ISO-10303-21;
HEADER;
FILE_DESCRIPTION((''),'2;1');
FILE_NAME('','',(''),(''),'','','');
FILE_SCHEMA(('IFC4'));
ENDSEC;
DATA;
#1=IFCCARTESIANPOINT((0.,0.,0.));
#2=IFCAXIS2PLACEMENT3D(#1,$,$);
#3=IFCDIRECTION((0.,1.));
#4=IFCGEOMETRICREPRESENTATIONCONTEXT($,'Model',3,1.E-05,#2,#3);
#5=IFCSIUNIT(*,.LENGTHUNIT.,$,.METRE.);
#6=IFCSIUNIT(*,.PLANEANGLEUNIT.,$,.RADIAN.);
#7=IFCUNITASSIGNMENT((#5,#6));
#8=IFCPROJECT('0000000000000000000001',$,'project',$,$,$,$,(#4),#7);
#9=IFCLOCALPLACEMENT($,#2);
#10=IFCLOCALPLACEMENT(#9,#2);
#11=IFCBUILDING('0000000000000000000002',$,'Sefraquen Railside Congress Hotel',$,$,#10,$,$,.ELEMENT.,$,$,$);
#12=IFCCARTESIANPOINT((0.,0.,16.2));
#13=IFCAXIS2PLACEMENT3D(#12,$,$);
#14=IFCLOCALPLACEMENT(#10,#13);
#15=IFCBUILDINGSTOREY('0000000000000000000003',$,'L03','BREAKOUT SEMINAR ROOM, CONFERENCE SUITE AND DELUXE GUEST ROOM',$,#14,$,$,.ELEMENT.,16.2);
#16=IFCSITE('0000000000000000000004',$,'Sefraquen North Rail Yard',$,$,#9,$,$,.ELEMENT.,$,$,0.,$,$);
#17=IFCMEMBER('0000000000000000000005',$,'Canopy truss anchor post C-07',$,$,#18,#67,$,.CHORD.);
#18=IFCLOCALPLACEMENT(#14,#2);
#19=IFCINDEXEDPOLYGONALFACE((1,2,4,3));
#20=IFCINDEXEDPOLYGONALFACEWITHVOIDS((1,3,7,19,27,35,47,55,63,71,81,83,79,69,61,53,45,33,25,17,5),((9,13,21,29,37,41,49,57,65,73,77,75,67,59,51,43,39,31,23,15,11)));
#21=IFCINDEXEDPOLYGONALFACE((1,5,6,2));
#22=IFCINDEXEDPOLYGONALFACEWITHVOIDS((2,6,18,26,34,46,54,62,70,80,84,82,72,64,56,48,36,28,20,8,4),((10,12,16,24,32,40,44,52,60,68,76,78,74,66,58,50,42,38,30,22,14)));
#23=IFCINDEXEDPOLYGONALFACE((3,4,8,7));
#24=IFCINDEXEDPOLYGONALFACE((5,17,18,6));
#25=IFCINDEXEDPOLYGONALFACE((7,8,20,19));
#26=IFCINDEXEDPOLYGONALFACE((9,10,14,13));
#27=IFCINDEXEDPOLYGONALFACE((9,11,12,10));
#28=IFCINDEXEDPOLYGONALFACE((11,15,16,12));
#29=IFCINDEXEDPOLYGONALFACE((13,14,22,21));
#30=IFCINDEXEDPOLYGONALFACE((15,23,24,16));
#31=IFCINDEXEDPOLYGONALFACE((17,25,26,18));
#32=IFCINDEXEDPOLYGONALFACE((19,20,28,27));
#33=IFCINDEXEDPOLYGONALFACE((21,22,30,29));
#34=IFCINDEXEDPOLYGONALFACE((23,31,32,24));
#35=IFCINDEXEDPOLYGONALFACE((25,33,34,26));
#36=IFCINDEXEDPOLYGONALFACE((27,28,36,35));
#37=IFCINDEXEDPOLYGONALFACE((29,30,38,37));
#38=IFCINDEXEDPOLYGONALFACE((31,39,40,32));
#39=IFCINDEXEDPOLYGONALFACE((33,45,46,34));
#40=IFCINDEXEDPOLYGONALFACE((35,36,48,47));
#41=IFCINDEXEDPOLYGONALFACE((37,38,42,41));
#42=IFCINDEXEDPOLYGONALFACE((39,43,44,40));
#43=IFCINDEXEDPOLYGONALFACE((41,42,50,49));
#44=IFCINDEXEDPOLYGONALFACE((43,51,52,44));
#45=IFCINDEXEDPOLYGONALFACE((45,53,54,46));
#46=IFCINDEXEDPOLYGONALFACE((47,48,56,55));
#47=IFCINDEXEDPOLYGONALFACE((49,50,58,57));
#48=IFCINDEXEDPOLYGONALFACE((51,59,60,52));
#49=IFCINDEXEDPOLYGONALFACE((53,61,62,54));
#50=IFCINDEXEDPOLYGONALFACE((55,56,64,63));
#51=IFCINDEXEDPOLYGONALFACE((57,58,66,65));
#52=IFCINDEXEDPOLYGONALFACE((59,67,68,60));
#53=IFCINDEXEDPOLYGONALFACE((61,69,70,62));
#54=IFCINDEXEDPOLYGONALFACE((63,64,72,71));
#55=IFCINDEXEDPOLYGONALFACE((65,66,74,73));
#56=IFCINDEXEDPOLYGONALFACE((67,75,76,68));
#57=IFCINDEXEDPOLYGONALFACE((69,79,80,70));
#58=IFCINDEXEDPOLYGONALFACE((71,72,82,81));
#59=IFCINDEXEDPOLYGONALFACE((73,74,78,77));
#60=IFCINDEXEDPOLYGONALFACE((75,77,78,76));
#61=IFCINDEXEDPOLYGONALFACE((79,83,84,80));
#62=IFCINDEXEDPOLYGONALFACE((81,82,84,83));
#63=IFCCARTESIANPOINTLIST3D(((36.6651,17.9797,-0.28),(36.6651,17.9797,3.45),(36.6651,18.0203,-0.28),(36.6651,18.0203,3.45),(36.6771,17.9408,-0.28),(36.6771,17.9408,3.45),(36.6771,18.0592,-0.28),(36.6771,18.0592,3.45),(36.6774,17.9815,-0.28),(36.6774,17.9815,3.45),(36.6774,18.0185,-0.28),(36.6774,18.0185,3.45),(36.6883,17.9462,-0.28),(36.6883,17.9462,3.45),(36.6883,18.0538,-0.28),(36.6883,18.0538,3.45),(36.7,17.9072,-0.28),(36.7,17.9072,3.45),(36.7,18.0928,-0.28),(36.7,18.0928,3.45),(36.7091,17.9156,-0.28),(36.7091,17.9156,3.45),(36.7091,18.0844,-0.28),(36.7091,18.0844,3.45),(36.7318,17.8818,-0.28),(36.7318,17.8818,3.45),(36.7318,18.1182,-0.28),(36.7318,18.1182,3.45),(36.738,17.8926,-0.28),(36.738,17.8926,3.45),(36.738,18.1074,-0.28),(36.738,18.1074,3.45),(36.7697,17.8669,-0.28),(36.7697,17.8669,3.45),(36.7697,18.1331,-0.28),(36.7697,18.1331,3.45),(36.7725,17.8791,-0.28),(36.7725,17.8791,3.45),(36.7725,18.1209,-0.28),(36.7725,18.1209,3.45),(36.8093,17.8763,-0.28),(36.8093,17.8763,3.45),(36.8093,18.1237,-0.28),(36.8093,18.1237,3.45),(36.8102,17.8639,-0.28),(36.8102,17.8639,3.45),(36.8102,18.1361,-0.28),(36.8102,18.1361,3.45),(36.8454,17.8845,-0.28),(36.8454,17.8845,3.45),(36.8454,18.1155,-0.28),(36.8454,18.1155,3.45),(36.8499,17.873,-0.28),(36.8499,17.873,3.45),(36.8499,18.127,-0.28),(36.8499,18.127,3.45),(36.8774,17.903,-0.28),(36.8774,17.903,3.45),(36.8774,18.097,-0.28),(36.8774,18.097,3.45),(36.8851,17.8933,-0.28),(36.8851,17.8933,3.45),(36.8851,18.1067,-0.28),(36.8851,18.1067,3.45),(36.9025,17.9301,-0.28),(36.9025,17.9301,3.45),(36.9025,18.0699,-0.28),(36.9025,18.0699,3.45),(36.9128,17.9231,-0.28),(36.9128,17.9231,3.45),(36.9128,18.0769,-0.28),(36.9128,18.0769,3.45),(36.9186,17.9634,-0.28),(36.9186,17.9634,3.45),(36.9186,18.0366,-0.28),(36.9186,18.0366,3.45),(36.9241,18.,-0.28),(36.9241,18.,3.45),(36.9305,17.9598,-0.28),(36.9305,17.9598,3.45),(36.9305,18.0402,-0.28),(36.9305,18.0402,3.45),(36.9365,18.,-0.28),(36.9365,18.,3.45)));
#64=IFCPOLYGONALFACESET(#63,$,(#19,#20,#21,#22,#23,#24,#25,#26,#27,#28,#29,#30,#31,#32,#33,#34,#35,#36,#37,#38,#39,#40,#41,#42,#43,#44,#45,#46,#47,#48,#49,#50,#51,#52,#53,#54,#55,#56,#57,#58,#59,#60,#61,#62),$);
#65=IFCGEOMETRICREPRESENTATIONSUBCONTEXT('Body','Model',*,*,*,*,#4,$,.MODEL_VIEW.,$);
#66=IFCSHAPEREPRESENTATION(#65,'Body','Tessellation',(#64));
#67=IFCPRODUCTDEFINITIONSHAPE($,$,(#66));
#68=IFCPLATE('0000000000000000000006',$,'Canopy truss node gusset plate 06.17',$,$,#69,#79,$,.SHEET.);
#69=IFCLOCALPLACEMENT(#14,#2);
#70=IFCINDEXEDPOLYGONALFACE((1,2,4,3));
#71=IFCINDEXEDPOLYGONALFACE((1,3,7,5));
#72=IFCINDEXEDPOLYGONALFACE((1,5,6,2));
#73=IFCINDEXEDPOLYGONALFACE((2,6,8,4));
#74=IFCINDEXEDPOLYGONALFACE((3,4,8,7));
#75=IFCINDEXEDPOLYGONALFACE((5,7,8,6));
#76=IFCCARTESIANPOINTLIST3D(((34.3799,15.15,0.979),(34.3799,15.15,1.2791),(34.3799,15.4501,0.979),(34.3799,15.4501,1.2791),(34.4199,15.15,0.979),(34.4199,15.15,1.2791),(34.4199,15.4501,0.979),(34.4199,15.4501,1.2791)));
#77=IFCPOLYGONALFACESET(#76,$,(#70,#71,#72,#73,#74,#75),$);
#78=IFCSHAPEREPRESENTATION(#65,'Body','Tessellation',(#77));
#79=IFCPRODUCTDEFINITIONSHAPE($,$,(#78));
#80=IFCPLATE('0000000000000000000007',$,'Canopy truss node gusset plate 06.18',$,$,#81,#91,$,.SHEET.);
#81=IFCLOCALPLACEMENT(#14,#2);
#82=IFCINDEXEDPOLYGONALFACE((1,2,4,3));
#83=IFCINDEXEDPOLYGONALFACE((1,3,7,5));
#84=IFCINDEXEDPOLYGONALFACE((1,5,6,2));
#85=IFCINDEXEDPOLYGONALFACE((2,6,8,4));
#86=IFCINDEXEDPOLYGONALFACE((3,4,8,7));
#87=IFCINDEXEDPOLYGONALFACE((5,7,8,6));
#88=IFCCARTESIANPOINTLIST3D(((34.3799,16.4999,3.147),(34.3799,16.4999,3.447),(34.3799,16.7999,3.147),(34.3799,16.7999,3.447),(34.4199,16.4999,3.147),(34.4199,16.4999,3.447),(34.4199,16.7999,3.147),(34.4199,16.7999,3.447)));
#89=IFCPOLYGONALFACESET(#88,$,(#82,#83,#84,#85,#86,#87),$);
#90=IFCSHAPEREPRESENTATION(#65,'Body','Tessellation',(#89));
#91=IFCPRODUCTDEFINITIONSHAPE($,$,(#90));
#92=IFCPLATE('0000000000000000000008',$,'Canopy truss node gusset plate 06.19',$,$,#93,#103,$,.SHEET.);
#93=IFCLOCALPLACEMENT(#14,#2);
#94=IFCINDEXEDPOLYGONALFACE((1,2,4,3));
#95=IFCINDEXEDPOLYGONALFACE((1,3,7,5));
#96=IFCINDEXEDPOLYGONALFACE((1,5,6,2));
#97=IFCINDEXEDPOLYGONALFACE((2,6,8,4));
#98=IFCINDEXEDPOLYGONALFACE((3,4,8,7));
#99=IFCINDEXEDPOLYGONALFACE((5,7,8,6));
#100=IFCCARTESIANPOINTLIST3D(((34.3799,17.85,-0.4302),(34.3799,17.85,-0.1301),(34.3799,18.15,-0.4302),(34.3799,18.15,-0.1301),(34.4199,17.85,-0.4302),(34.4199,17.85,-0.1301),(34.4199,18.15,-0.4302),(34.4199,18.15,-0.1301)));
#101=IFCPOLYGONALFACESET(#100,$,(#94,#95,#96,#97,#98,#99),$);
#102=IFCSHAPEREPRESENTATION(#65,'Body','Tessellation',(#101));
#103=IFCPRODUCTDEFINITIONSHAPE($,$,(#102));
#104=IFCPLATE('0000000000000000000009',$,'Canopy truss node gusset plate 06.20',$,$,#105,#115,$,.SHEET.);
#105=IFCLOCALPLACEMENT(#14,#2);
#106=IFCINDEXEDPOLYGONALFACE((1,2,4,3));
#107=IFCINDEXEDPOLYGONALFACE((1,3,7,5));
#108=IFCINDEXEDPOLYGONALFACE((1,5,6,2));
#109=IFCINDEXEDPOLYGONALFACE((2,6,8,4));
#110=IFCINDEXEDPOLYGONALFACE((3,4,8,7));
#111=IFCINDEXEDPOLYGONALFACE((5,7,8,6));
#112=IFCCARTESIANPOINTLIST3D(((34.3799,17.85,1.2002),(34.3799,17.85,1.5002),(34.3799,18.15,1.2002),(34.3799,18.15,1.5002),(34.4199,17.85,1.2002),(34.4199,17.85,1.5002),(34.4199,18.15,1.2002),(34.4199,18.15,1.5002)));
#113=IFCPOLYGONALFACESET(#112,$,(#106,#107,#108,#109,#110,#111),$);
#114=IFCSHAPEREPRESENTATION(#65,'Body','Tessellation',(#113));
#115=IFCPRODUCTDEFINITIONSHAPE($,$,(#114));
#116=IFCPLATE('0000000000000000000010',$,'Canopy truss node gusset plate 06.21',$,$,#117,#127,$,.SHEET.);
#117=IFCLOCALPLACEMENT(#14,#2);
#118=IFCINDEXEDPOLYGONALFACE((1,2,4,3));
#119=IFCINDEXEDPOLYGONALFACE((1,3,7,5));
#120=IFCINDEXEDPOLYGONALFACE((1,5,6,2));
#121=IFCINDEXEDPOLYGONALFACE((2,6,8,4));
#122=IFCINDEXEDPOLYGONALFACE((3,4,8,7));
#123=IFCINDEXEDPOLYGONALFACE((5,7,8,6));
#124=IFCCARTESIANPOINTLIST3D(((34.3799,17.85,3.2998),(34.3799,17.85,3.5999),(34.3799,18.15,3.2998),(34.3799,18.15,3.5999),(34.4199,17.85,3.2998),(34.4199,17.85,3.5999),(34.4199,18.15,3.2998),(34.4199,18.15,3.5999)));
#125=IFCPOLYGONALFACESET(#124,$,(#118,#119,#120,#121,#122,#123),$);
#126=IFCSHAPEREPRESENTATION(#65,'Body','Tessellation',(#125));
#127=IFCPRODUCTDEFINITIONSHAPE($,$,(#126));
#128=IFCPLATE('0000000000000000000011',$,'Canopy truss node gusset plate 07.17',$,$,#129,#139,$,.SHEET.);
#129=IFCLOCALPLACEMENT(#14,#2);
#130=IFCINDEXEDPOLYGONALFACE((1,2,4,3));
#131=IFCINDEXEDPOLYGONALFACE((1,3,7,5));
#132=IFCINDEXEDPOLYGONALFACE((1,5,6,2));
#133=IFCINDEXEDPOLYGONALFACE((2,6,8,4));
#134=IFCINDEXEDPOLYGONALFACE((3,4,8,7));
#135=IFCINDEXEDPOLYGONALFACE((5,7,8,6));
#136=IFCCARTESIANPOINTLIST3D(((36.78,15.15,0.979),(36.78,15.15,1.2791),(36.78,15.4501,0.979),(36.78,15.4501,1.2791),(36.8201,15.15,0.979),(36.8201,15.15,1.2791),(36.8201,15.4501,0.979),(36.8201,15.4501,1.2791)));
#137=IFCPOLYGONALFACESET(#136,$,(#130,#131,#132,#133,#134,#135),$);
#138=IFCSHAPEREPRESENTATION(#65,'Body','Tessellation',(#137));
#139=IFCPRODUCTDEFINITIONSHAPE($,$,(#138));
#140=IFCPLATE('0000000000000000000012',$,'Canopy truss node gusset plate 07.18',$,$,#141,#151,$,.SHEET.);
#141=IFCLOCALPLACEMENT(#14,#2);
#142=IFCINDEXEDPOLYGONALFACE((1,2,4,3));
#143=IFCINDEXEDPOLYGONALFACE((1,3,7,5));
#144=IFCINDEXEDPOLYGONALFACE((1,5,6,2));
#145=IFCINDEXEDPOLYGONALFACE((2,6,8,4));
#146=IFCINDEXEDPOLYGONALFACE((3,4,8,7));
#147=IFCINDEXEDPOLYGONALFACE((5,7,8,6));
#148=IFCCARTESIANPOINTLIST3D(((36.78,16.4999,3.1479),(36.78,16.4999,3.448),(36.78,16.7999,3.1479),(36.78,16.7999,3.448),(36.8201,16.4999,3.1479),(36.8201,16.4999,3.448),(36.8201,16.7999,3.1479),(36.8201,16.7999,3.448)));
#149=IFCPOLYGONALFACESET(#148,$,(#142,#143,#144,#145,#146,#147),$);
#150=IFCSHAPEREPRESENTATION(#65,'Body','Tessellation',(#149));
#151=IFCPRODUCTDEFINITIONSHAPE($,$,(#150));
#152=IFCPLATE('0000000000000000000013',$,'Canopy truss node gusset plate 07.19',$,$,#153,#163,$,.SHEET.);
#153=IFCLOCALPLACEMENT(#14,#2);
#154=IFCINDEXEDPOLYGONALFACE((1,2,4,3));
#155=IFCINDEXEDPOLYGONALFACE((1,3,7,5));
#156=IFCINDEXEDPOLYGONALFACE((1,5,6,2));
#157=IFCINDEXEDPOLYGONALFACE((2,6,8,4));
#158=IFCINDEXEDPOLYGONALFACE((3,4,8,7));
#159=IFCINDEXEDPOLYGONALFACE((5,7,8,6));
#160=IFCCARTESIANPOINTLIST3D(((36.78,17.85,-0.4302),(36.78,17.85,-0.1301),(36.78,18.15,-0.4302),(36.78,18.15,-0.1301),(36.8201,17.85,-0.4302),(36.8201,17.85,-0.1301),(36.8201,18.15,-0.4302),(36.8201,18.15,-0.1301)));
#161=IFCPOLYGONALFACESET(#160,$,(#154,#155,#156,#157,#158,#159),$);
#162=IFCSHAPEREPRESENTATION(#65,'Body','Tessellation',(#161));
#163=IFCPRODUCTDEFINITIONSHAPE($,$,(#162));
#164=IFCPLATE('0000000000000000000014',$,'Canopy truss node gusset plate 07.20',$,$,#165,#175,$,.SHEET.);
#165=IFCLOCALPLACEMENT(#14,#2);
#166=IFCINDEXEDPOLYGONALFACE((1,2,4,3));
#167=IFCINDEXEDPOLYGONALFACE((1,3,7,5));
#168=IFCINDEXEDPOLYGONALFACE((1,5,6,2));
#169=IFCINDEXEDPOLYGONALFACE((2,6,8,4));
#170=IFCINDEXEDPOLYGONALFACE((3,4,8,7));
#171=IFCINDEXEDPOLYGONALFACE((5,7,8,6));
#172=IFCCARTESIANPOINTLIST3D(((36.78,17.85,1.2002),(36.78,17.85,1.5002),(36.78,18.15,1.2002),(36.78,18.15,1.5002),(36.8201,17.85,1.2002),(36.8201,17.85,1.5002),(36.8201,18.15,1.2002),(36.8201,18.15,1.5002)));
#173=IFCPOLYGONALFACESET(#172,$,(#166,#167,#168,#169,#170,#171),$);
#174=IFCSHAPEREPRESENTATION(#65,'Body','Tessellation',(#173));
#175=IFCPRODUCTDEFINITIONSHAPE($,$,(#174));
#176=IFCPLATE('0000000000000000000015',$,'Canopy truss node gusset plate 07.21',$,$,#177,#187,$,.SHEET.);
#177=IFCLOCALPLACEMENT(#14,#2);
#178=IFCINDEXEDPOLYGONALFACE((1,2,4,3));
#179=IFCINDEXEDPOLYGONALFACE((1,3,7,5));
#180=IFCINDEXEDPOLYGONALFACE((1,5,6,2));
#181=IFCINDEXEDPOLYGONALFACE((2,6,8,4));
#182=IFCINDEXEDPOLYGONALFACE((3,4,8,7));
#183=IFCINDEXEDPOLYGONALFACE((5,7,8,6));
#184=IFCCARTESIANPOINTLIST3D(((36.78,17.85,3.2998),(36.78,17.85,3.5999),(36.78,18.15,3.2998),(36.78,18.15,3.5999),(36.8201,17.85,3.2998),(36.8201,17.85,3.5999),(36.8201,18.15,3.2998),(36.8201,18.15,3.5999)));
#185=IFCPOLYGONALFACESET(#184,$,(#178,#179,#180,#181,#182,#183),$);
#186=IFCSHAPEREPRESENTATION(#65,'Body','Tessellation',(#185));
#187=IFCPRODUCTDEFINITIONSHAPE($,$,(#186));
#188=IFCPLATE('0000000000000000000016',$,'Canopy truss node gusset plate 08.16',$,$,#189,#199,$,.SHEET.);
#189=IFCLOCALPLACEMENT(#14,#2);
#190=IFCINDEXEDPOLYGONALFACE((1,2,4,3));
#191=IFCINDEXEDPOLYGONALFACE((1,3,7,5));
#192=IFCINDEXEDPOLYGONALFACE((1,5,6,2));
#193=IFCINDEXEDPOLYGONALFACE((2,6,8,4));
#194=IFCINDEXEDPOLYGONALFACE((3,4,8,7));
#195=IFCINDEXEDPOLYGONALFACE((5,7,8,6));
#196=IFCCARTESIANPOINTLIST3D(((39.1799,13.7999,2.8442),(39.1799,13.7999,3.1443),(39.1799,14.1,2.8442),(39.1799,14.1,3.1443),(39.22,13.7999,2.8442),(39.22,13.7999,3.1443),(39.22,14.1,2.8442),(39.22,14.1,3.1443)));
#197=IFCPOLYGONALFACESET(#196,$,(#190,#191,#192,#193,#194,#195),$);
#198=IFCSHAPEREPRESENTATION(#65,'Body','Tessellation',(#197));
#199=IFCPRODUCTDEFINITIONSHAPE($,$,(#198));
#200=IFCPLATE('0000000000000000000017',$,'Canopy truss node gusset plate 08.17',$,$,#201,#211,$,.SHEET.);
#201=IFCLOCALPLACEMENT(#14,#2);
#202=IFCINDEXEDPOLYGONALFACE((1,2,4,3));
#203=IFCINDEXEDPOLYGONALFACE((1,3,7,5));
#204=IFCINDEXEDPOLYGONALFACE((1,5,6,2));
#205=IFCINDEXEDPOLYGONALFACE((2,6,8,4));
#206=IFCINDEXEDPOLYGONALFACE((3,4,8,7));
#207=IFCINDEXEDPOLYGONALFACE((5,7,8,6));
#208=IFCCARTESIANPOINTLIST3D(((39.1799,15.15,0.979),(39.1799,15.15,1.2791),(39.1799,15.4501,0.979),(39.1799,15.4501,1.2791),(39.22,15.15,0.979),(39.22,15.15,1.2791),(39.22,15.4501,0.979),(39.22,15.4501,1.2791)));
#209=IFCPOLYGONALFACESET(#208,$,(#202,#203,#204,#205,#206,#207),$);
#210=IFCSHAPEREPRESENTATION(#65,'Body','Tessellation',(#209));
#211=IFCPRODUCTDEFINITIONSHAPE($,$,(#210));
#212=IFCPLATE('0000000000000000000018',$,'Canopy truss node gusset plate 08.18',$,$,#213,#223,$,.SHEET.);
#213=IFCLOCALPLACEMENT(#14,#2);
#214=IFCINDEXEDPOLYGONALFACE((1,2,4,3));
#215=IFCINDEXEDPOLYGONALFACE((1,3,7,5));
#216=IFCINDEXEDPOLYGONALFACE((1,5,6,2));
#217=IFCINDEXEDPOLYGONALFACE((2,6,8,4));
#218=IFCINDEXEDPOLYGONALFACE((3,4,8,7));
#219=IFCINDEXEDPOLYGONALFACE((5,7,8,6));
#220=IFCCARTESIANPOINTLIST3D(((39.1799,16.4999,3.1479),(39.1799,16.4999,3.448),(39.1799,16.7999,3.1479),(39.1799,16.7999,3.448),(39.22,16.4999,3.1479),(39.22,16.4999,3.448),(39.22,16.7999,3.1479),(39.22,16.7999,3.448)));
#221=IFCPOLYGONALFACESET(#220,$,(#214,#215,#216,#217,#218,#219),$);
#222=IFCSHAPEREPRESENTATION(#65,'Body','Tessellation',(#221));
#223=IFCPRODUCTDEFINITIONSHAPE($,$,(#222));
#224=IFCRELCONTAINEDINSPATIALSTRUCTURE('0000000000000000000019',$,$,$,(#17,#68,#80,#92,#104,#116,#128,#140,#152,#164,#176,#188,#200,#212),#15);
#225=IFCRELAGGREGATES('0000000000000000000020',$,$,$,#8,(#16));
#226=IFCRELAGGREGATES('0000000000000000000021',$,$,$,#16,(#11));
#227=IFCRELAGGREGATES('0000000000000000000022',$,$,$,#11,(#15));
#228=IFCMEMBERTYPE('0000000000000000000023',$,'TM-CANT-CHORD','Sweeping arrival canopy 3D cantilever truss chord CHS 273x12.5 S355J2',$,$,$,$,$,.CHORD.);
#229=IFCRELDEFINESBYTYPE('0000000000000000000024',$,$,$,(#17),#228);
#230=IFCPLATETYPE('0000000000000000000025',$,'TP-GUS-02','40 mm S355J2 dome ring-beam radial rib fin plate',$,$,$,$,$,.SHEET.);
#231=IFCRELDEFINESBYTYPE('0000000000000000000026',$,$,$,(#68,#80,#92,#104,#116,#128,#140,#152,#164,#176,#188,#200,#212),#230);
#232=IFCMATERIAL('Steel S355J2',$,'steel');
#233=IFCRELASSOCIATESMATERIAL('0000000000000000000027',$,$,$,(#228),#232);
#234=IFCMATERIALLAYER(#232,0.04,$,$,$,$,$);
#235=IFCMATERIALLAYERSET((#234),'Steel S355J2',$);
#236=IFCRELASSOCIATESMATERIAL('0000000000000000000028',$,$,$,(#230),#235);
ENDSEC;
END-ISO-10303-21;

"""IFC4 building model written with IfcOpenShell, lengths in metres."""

from ifc_helpers import new_model, si_unit, direction, frame, origin, origin_2d, place, context, subcontext, project, spatial, rectangle, hollow_circle, extrude, material, layer, layer_set, material_profile, profile_set, type_object, element, save


model = new_model("IFC4")

# Units and contexts
model_context = context("Model", 3, precision=1e-05, world=origin(), true_north=direction((0.0, 1.0)))
body_context = subcontext(model_context, "Body", "Model", "MODEL_VIEW")
ifc_project = project(units=[si_unit("LENGTHUNIT", "METRE"), si_unit("PLANEANGLEUNIT", "RADIAN")], contexts=[model_context])

# Site, building, storey
site_placement = place(None, origin())
site = spatial("IfcSite", under=ifc_project, at=site_placement, Name="Sefraquen North Rail Yard", CompositionType="ELEMENT", RefElevation=0.0)
building_placement = place(site_placement, origin())
building = spatial("IfcBuilding", under=site, at=building_placement, Name="Sefraquen Railside Congress Hotel", CompositionType="ELEMENT")
storey_placement = place(building_placement, frame((0.0, 0.0, 16.2)))
storey = spatial("IfcBuildingStorey", under=building, at=storey_placement, Name="L03", Description="BREAKOUT SEMINAR ROOM, CONFERENCE SUITE AND DELUXE GUEST ROOM", CompositionType="ELEMENT", Elevation=16.2)

# Shared definitions
ifc_material_1 = material(Name="Steel S355J2", Category="steel")

# Member
ifc_material_profile_1 = material_profile(ifc_material_1, hollow_circle(Radius=0.1365, WallThickness=0.0125, at=origin_2d()), Name="CHS 273x12.5")
ifc_profile_set_1 = profile_set([ifc_material_profile_1], Name="Steel S355J2")
member_type_1 = type_object("IfcMemberType", Name="TM-CANT-CHORD", Description="Sweeping arrival canopy 3D cantilever truss chord CHS 273x12.5 S355J2", PredefinedType="CHORD", material=ifc_profile_set_1)
for number, where, z_axis, x_axis, name in (
    (1, (36.8, 18.0, -0.28), (0.0, 0.0, 1.0), (1.0, 0.0, 0.0), "Canopy truss anchor post C-07"),
):
    element("IfcMember", number, at=place(storey_placement, frame(where, z_axis=z_axis, x_axis=x_axis)), inside=storey, type_object=member_type_1, Name=name, PredefinedType="CHORD", context=body_context, shape_type="SweptSolid", body=[
        extrude(hollow_circle(Radius=0.1365, WallThickness=0.0125, at=origin_2d()), origin(), (0.0, 0.0, 1.0), 3.73),
    ])

# Plates
ifc_layer = layer(ifc_material_1, 0.04)
ifc_layer_set = layer_set([ifc_layer], Name="Steel S355J2")
plate_type = type_object("IfcPlateType", Name="TP-GUS-02", Description="40 mm S355J2 dome ring-beam radial rib fin plate", PredefinedType="SHEET", material=ifc_layer_set)
for number, where, z_axis, x_axis, name in (
    (2, (34.3999, 15.3, 0.979), (0.0, 0.0, 1.0), (1.0, 0.0, 0.0), "Canopy truss node gusset plate 06.17"),
    (3, (34.3999, 16.6499, 3.147), (0.0, 0.0, 1.0), (1.0, 0.0, 0.0), "Canopy truss node gusset plate 06.18"),
    (4, (34.3999, 18.0, -0.4302), (0.0, 0.0, 1.0), (1.0, 0.0, 0.0), "Canopy truss node gusset plate 06.19"),
    (5, (34.3999, 18.0, 1.2002), (0.0, 0.0, 1.0), (1.0, 0.0, 0.0), "Canopy truss node gusset plate 06.20"),
    (6, (34.3999, 18.0, 3.2998), (0.0, 0.0, 1.0), (1.0, 0.0, 0.0), "Canopy truss node gusset plate 06.21"),
    (7, (36.8, 15.3, 0.979), (0.0, 0.0, 1.0), (1.0, 0.0, 0.0), "Canopy truss node gusset plate 07.17"),
    (8, (36.8, 16.6499, 3.1479), (0.0, 0.0, 1.0), (1.0, 0.0, 0.0), "Canopy truss node gusset plate 07.18"),
    (9, (36.8, 18.0, -0.4302), (0.0, 0.0, 1.0), (1.0, 0.0, 0.0), "Canopy truss node gusset plate 07.19"),
    (10, (36.8, 18.0, 1.2002), (0.0, 0.0, 1.0), (1.0, 0.0, 0.0), "Canopy truss node gusset plate 07.20"),
    (11, (36.8, 18.0, 3.2998), (0.0, 0.0, 1.0), (1.0, 0.0, 0.0), "Canopy truss node gusset plate 07.21"),
    (12, (39.2, 13.95, 2.8442), (0.0, 0.0, 1.0), (1.0, 0.0, 0.0), "Canopy truss node gusset plate 08.16"),
    (13, (39.2, 15.3, 0.979), (0.0, 0.0, 1.0), (1.0, 0.0, 0.0), "Canopy truss node gusset plate 08.17"),
    (14, (39.2, 16.6499, 3.1479), (0.0, 0.0, 1.0), (1.0, 0.0, 0.0), "Canopy truss node gusset plate 08.18"),
):
    element("IfcPlate", number, at=place(storey_placement, frame(where, z_axis=z_axis, x_axis=x_axis)), inside=storey, type_object=plate_type, Name=name, PredefinedType="SHEET", context=body_context, shape_type="SweptSolid", body=[
        extrude(rectangle(XDim=0.04, YDim=0.3, at=origin_2d()), origin(), (0.0, 0.0, 1.0), 0.3),
    ])

save(model, "model.ifc")
